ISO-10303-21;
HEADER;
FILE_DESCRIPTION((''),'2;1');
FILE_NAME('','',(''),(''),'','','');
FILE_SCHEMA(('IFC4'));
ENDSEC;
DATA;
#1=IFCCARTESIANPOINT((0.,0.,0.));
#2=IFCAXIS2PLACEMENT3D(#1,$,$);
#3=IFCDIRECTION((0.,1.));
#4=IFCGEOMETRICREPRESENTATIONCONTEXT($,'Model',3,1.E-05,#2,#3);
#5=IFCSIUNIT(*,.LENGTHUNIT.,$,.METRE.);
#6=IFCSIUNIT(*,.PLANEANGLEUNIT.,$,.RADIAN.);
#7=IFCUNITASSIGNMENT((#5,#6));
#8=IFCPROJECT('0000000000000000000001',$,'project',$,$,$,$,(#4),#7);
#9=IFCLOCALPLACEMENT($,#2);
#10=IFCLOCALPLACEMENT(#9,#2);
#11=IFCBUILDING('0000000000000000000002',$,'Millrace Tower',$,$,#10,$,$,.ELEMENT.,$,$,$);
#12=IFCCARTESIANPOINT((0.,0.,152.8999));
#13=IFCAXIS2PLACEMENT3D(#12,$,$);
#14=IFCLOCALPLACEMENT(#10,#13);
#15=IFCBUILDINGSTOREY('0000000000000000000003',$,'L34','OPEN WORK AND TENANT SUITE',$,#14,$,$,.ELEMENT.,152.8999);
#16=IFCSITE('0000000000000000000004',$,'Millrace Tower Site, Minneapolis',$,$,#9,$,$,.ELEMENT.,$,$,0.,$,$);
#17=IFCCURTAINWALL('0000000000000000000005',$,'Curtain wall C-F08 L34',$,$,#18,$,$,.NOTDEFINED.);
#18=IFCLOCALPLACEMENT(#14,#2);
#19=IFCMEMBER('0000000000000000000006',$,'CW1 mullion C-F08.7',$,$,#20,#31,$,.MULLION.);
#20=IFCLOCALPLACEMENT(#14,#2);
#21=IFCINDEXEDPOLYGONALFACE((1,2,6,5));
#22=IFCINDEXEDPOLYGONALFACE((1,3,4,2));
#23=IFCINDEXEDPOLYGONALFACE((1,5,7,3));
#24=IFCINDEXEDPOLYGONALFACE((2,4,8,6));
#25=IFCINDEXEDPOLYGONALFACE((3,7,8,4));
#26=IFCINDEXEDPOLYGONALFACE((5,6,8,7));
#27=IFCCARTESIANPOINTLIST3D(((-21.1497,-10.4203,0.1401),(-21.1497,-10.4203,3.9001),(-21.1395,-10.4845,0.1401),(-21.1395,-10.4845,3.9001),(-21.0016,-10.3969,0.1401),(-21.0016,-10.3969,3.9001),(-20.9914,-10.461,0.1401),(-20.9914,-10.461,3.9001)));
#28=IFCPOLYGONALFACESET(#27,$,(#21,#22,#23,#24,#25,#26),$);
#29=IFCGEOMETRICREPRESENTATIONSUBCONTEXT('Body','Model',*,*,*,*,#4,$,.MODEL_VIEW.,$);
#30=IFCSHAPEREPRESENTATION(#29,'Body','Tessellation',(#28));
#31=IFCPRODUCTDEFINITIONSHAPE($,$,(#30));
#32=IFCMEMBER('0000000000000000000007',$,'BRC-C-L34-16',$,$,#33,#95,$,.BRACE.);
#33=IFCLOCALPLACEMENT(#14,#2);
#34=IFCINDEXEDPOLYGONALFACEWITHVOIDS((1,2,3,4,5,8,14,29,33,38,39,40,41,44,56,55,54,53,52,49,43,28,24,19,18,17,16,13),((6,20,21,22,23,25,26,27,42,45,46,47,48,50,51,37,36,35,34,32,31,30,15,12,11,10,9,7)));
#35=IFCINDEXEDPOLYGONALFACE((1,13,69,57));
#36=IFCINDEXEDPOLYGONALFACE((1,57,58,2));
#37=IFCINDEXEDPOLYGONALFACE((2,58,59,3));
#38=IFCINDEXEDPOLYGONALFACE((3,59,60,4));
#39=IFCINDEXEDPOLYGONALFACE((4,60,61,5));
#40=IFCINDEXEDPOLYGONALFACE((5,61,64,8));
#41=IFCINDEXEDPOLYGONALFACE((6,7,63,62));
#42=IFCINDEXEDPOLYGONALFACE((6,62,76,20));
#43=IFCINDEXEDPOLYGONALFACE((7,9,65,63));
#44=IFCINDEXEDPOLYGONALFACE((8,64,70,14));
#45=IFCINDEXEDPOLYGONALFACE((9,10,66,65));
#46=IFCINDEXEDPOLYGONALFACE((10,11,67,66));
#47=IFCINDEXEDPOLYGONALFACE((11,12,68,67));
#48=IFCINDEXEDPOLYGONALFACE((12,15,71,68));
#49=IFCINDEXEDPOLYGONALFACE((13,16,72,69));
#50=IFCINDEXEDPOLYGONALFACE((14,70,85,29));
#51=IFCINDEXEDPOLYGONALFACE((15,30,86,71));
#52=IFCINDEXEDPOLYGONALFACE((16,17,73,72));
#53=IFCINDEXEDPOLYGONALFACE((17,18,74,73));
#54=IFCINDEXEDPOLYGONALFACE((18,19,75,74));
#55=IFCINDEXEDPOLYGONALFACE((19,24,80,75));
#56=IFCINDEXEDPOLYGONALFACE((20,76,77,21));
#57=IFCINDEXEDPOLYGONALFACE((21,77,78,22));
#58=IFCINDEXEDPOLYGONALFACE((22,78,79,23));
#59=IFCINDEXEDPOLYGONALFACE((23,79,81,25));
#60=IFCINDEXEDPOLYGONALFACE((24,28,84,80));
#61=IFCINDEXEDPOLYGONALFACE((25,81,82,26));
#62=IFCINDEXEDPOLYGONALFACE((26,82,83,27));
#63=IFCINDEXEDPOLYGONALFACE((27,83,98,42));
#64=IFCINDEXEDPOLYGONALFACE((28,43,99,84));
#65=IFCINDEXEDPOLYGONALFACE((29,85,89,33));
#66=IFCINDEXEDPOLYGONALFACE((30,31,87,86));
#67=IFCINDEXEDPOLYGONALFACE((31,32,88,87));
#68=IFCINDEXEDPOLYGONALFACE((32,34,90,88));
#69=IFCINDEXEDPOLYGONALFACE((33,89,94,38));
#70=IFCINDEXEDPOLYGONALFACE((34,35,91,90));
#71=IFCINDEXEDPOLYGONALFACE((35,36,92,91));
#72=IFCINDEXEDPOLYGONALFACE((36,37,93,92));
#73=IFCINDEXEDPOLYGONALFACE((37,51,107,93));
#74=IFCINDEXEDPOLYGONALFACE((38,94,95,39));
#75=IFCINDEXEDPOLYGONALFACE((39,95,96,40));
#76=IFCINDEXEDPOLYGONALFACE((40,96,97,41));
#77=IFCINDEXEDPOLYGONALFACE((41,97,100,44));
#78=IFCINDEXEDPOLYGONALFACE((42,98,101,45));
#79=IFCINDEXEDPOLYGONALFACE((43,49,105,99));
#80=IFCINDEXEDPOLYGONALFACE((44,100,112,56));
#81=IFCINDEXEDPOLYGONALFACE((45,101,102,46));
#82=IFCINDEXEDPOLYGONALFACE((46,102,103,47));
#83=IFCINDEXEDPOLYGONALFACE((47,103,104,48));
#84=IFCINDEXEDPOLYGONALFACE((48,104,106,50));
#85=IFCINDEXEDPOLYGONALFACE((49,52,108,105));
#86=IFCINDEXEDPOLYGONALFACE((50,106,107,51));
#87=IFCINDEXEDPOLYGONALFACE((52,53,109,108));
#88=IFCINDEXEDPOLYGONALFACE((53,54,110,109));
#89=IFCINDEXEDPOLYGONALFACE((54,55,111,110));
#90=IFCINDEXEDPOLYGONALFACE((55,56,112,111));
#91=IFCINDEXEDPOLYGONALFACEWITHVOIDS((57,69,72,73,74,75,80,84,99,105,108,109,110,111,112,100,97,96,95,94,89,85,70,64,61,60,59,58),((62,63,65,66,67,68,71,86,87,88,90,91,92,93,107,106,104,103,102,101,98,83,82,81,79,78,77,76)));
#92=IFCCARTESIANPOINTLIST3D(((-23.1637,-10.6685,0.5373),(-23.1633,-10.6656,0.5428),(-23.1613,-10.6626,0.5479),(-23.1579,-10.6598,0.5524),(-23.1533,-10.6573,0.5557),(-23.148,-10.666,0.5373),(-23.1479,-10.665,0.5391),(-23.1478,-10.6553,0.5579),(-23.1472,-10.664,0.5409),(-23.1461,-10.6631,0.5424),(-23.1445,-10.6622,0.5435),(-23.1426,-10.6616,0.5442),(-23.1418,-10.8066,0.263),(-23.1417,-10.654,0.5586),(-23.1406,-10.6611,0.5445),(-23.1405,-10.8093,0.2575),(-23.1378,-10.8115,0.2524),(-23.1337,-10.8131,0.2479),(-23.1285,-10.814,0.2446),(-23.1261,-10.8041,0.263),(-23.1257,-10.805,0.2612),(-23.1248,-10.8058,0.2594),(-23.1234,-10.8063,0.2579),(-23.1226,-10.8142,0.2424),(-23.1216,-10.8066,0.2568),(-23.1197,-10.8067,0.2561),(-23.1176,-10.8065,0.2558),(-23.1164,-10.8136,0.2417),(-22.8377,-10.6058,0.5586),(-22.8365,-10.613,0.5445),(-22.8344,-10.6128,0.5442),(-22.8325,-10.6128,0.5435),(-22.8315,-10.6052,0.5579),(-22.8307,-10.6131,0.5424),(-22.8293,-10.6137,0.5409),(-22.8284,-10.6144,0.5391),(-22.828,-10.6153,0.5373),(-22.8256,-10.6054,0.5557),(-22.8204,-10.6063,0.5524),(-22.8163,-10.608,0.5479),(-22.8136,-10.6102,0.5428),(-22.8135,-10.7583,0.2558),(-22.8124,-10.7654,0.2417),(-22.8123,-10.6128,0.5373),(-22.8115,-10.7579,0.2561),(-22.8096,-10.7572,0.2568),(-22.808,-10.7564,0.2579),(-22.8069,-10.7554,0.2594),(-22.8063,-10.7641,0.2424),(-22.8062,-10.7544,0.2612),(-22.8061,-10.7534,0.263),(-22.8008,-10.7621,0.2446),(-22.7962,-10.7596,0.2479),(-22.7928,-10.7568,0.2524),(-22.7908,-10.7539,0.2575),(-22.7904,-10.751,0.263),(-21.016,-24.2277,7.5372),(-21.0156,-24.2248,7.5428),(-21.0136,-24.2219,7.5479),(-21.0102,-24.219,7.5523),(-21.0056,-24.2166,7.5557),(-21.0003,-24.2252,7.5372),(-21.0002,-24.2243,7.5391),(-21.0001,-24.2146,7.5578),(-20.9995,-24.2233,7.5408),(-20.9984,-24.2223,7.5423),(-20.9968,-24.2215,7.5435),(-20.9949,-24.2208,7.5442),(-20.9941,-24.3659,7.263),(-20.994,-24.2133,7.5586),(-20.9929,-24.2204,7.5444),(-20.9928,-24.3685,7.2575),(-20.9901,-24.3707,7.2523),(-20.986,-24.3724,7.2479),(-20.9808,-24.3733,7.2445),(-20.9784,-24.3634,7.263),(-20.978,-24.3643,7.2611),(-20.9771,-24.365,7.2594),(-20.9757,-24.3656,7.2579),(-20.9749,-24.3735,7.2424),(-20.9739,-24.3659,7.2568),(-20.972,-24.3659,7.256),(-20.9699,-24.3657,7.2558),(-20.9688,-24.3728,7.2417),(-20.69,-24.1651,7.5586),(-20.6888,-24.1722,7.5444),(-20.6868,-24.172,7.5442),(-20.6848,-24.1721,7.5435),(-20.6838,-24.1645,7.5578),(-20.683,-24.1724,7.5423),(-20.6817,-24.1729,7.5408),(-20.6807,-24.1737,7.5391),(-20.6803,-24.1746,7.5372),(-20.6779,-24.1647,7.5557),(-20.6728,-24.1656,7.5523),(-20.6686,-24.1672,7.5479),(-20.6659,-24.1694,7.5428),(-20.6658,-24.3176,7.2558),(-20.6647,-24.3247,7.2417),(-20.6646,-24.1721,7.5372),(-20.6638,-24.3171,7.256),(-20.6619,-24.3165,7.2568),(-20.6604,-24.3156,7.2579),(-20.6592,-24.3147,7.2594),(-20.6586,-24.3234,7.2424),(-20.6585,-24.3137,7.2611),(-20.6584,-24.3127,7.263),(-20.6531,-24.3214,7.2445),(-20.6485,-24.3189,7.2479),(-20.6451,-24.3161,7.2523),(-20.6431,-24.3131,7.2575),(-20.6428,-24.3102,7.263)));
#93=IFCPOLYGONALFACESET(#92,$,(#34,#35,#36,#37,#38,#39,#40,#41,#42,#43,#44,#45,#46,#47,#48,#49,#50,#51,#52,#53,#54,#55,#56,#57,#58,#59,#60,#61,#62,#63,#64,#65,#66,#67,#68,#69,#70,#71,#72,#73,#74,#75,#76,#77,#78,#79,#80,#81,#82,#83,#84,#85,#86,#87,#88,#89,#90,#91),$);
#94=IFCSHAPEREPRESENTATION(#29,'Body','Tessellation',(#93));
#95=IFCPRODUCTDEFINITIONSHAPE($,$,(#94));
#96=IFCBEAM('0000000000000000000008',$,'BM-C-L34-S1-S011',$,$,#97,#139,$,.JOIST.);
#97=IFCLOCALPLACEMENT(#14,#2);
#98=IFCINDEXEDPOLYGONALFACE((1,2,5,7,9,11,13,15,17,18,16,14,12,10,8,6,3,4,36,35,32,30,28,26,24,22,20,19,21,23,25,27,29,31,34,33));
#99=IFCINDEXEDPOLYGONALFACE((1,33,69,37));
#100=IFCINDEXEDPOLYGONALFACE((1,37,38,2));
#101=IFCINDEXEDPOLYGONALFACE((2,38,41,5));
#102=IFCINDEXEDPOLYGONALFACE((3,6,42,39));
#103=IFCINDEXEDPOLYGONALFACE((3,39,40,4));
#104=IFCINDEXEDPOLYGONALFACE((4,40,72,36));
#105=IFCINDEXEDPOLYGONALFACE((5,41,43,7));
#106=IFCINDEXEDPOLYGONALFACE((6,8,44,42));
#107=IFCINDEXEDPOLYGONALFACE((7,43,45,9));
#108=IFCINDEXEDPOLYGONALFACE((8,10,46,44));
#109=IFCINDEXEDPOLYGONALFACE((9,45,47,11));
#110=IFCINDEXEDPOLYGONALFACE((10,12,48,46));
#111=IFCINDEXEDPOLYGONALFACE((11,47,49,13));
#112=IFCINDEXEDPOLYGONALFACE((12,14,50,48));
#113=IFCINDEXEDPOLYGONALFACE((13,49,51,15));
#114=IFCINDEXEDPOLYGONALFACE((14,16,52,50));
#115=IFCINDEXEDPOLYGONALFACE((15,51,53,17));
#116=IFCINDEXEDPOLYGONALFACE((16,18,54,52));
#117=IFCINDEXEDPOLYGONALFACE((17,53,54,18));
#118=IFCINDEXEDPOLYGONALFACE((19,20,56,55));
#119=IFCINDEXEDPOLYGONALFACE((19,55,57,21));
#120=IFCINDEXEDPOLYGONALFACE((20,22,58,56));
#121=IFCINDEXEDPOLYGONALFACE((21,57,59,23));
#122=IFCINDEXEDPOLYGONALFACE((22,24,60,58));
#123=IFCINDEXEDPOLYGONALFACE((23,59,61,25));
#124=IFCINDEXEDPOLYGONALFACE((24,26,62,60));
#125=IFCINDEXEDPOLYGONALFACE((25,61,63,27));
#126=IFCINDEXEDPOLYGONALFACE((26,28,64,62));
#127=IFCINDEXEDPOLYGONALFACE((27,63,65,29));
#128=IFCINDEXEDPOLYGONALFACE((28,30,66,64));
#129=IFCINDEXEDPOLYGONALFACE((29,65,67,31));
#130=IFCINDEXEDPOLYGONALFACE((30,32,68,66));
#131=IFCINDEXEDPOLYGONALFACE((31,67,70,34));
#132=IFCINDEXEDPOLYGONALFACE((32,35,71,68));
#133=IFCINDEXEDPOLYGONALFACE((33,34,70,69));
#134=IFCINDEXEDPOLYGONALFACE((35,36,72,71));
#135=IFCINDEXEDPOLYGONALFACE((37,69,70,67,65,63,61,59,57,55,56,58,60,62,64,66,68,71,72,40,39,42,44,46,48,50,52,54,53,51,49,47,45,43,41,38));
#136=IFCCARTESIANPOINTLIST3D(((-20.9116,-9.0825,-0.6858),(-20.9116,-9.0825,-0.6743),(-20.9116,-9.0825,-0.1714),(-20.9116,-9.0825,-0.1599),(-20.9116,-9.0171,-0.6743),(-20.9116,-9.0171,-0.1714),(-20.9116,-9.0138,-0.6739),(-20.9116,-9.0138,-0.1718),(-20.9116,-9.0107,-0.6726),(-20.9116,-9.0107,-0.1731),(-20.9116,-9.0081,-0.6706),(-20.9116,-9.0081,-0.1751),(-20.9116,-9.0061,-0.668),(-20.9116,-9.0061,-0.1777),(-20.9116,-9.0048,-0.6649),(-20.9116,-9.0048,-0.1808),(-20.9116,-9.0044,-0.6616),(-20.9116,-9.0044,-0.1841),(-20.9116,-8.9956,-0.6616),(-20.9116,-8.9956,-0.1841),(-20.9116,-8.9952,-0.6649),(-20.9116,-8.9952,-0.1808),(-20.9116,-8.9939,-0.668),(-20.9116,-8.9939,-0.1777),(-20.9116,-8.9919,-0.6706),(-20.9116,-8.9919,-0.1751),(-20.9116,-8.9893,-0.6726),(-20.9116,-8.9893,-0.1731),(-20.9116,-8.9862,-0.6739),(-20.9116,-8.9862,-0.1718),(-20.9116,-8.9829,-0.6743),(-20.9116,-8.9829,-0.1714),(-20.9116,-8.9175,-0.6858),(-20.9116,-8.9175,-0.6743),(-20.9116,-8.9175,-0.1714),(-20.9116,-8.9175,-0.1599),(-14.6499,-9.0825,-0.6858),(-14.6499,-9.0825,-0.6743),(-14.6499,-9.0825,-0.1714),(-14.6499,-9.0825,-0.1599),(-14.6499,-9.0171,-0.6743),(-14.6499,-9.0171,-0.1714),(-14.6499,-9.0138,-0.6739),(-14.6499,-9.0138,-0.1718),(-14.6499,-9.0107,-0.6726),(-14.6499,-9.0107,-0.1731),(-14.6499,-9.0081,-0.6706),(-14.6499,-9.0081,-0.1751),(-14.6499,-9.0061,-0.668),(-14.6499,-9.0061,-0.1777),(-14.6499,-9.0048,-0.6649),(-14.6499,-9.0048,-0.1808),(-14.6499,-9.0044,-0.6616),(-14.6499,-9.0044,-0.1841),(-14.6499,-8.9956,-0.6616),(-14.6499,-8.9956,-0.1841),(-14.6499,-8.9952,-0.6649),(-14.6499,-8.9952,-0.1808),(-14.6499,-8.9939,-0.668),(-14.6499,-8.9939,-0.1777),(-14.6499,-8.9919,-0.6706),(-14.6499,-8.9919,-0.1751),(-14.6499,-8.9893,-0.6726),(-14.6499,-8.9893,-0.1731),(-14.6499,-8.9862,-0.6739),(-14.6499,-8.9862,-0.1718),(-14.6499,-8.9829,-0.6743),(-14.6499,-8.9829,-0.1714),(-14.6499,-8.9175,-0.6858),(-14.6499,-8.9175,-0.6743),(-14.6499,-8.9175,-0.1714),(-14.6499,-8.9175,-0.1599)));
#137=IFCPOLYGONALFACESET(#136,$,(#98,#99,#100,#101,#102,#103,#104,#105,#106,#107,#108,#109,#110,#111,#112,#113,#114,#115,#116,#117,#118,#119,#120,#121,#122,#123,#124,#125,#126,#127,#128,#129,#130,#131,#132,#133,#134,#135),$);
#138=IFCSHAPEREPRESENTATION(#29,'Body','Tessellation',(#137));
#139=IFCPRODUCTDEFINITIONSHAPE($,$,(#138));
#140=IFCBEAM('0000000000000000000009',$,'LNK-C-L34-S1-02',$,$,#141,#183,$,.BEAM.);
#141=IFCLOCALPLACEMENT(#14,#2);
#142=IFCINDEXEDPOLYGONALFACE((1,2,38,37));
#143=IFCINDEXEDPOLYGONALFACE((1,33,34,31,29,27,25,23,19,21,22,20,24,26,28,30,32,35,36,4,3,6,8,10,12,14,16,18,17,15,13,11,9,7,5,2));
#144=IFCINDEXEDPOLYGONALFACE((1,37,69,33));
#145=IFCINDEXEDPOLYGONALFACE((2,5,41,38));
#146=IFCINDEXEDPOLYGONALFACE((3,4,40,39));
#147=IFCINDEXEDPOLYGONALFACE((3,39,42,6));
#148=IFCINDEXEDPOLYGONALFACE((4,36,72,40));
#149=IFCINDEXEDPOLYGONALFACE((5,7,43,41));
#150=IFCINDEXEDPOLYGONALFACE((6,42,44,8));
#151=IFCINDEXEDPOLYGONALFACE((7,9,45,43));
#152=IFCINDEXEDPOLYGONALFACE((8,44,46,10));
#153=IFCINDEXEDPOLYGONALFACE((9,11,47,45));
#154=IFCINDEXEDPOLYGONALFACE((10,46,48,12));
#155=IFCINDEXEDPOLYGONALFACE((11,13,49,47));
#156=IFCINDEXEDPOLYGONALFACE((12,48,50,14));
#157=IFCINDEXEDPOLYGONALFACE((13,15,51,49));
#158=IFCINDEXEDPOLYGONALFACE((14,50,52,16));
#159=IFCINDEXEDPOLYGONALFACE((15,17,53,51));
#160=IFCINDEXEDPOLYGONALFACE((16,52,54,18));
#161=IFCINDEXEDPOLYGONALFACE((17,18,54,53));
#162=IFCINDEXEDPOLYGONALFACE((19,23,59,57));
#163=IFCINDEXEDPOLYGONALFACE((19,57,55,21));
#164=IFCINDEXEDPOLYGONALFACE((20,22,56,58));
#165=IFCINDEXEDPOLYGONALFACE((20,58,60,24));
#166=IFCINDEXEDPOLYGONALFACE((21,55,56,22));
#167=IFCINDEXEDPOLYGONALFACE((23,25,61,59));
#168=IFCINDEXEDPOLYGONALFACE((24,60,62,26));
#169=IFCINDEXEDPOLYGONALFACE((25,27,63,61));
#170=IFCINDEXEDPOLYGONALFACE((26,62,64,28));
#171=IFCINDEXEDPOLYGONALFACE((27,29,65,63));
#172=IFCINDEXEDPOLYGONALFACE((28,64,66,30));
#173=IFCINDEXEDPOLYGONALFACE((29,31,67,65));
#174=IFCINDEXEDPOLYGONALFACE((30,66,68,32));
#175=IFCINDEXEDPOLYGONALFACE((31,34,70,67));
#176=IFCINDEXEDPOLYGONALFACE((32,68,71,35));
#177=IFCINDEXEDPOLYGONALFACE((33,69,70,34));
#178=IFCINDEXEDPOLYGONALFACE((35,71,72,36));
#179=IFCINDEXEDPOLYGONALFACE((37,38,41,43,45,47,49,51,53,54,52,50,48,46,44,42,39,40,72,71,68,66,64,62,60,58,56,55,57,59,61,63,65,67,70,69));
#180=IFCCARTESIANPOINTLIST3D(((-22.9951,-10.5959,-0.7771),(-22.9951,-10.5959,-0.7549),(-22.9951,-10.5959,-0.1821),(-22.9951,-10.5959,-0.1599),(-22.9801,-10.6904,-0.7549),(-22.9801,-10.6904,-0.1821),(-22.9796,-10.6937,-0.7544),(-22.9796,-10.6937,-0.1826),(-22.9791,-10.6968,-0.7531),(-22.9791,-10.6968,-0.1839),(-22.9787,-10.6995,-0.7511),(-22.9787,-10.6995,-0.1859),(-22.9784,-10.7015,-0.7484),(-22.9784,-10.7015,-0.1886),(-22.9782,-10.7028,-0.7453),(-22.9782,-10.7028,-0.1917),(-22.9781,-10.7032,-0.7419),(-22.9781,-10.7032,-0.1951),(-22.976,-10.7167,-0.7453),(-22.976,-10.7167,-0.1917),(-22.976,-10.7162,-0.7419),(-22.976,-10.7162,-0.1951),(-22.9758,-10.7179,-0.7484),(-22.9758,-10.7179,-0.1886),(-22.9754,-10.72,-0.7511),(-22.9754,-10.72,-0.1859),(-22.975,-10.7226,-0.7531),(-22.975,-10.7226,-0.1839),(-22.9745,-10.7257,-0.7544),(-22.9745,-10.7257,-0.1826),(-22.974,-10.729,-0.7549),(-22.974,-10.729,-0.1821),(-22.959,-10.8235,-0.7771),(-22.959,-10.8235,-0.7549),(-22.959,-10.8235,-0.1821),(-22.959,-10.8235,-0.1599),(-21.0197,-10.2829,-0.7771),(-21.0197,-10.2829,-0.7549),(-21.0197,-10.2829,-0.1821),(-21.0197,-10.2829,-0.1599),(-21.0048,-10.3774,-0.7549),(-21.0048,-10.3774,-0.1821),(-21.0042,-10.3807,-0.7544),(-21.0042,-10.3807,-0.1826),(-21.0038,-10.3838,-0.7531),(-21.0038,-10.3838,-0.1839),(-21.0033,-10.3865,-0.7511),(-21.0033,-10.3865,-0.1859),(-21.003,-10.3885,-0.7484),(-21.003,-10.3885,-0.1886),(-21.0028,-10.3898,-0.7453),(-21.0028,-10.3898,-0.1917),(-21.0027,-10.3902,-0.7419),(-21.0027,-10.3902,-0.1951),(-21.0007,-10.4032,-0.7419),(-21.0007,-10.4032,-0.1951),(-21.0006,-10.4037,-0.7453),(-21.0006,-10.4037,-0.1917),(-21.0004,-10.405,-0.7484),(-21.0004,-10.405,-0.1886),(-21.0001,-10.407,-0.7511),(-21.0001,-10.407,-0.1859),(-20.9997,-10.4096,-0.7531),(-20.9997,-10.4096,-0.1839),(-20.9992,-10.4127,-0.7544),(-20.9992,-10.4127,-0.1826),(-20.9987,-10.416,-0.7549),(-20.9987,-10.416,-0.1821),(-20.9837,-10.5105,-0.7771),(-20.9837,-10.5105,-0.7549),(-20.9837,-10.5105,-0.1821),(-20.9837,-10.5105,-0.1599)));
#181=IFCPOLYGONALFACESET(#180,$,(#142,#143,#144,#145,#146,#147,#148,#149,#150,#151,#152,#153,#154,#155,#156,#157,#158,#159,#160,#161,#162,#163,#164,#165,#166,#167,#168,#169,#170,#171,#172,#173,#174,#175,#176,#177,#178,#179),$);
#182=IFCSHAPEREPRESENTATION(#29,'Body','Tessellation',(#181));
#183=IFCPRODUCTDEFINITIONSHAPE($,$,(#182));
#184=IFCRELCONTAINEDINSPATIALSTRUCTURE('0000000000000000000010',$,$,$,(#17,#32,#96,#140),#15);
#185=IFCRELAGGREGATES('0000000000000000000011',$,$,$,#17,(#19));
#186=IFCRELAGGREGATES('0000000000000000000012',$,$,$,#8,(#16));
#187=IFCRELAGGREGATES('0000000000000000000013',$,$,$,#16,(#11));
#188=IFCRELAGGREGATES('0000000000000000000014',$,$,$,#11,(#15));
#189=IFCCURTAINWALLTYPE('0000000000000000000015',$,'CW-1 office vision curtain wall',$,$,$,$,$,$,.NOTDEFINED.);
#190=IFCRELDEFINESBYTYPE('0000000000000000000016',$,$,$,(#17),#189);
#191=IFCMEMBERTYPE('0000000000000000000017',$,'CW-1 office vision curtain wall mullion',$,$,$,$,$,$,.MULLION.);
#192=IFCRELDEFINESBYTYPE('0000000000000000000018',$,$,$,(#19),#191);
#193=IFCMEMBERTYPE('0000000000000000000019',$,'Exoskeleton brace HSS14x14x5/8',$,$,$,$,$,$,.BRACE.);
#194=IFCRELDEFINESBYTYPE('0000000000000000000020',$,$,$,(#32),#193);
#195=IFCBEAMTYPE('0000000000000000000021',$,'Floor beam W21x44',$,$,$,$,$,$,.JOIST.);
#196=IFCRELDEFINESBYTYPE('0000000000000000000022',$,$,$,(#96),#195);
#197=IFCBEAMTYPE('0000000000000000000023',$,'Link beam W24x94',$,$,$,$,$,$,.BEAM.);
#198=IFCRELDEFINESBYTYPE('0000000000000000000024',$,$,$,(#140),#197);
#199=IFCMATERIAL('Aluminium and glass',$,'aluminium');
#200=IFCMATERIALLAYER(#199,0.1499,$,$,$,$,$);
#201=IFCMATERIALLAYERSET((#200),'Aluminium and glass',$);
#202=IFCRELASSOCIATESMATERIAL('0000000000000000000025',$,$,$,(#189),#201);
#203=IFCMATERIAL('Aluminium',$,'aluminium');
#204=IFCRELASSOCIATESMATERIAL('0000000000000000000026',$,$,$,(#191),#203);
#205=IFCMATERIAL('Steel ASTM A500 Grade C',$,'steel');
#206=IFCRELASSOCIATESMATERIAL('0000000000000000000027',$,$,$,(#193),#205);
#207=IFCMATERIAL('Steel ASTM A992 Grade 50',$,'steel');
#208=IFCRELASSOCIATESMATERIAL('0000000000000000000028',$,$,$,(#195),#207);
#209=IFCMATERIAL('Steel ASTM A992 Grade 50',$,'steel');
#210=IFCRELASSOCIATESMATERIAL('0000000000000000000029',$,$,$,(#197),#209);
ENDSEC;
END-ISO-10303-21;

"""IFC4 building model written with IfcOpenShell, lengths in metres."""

from ifc_helpers import new_model, si_unit, direction, frame, origin, origin_2d, place, context, subcontext, project, spatial, rectangle, hollow_rectangle, i_section, extrude, material, layer, layer_set, material_profile, profile_set, type_object, element, aggregate, save


model = new_model("IFC4")

# Units and contexts
model_context = context("Model", 3, precision=1e-05, world=origin(), true_north=direction((0.0, 1.0)))
body_context = subcontext(model_context, "Body", "Model", "MODEL_VIEW")
ifc_project = project(units=[si_unit("LENGTHUNIT", "METRE"), si_unit("PLANEANGLEUNIT", "RADIAN")], contexts=[model_context])

# Site, building, storey
site_placement = place(None, origin())
site = spatial("IfcSite", under=ifc_project, at=site_placement, Name="Millrace Tower Site, Minneapolis", CompositionType="ELEMENT", RefElevation=0.0)
building_placement = place(site_placement, origin())
building = spatial("IfcBuilding", under=site, at=building_placement, Name="Millrace Tower", CompositionType="ELEMENT")
storey_placement = place(building_placement, frame((0.0, 0.0, 152.8999)))
storey = spatial("IfcBuildingStorey", under=building, at=storey_placement, Name="L34", Description="OPEN WORK AND TENANT SUITE", CompositionType="ELEMENT", Elevation=152.8999)

# Curtain wall, member
ifc_material_1 = material(Name="Aluminium and glass", Category="aluminium")
ifc_layer_1 = layer(ifc_material_1, 0.1499)
ifc_layer_set_1 = layer_set([ifc_layer_1], Name="Aluminium and glass")
curtain_wall_type = type_object("IfcCurtainWallType", Name="CW-1 office vision curtain wall", PredefinedType="NOTDEFINED", material=ifc_layer_set_1)
curtain_wall_placement = place(storey_placement, origin())
curtain_wall = element("IfcCurtainWall", 1, at=curtain_wall_placement, inside=storey, type_object=curtain_wall_type, Name="Curtain wall C-F08 L34", PredefinedType="NOTDEFINED")
ifc_material_2 = material(Name="Aluminium", Category="aluminium")
ifc_material_profile_1 = material_profile(ifc_material_2, rectangle(XDim=0.0649, YDim=0.1499, at=origin_2d()))
ifc_profile_set_1 = profile_set([ifc_material_profile_1], Name="Aluminium")
member_type_1 = type_object("IfcMemberType", Name="CW-1 office vision curtain wall mullion", PredefinedType="MULLION", material=ifc_profile_set_1)
member_1_placement = place(storey_placement, frame((-21.0706, -10.4407, 0.1401), z_axis=(0.0, 0.0, 1.0), x_axis=(0.156434, -0.987688, 0.0)))
member_1 = element("IfcMember", 2, at=member_1_placement, type_object=member_type_1, Name="CW1 mullion C-F08.7", PredefinedType="MULLION", context=body_context, shape_type="SweptSolid", body=[
    extrude(rectangle(XDim=0.0649, YDim=0.1499, at=origin_2d()), origin(), (0.0, 0.0, 1.0), 3.76),
])
aggregate(curtain_wall, [member_1])

# Member
ifc_material_3 = material(Name="Steel ASTM A500 Grade C", Category="steel")
ifc_material_profile_2 = material_profile(ifc_material_3, hollow_rectangle(XDim=0.3557, YDim=0.3557, WallThickness=0.0159, InnerFilletRadius=0.0081, OuterFilletRadius=0.0239, at=origin_2d()))
ifc_profile_set_2 = profile_set([ifc_material_profile_2], Name="Steel ASTM A500 Grade C")
member_type_2 = type_object("IfcMemberType", Name="Exoskeleton brace HSS14x14x5/8", PredefinedType="BRACE", material=ifc_profile_set_2)
member_2_placement = place(storey_placement, frame((-22.9771, -10.7097, 0.4001), z_axis=(0.139371, -0.879905, 0.454251), x_axis=(0.987687, 0.156443, 0.0)))
element("IfcMember", 3, at=member_2_placement, inside=storey, type_object=member_type_2, Name="BRC-C-L34-16", PredefinedType="BRACE", context=body_context, shape_type="SweptSolid", body=[
    extrude(hollow_rectangle(XDim=0.3557, YDim=0.3557, WallThickness=0.0159, InnerFilletRadius=0.0081, OuterFilletRadius=0.0239, at=origin_2d()), origin(), (0.0, 0.0, 1.0), 15.4099),
])

# Beams
ifc_material_4 = material(Name="Steel ASTM A992 Grade 50", Category="steel")
ifc_material_profile_3 = material_profile(ifc_material_4, i_section(OverallWidth=0.165, OverallDepth=0.5259, WebThickness=0.0088, FlangeThickness=0.0115, FilletRadius=0.0127, at=origin_2d()))
ifc_profile_set_3 = profile_set([ifc_material_profile_3], Name="Steel ASTM A992 Grade 50")
beam_type_1 = type_object("IfcBeamType", Name="Floor beam W21x44", PredefinedType="JOIST", material=ifc_profile_set_3)
beam_1_placement = place(storey_placement, frame((-20.9116, -9.0, -0.4229), z_axis=(1.0, 0.0, 0.0), x_axis=(0.0, 1.0, 0.0)))
element("IfcBeam", 4, at=beam_1_placement, inside=storey, type_object=beam_type_1, Name="BM-C-L34-S1-S011", PredefinedType="JOIST", context=body_context, shape_type="SweptSolid", body=[
    extrude(i_section(OverallWidth=0.165, OverallDepth=0.5259, WebThickness=0.0088, FlangeThickness=0.0115, FilletRadius=0.0127, at=origin_2d()), origin(), (0.0, 0.0, 1.0), 6.2617),
])
ifc_material_5 = material(Name="Steel ASTM A992 Grade 50", Category="steel")
ifc_material_profile_4 = material_profile(ifc_material_5, i_section(OverallWidth=0.2305, OverallDepth=0.6172, WebThickness=0.0132, FlangeThickness=0.0222, FilletRadius=0.0129, at=origin_2d()))
ifc_profile_set_4 = profile_set([ifc_material_profile_4], Name="Steel ASTM A992 Grade 50")
beam_type_2 = type_object("IfcBeamType", Name="Link beam W24x94", PredefinedType="BEAM", material=ifc_profile_set_4)
beam_2_placement = place(storey_placement, frame((-21.0017, -10.3967, -0.4685), z_axis=(-0.987679, -0.156495, 0.0), x_axis=(0.156495, -0.987679, 0.0)))
element("IfcBeam", 5, at=beam_2_placement, inside=storey, type_object=beam_type_2, Name="LNK-C-L34-S1-02", PredefinedType="BEAM", context=body_context, shape_type="SweptSolid", body=[
    extrude(i_section(OverallWidth=0.2305, OverallDepth=0.6172, WebThickness=0.0132, FlangeThickness=0.0222, FilletRadius=0.0129, at=origin_2d()), origin(), (0.0, 0.0, 1.0), 2.0),
])

save(model, "model.ifc")
